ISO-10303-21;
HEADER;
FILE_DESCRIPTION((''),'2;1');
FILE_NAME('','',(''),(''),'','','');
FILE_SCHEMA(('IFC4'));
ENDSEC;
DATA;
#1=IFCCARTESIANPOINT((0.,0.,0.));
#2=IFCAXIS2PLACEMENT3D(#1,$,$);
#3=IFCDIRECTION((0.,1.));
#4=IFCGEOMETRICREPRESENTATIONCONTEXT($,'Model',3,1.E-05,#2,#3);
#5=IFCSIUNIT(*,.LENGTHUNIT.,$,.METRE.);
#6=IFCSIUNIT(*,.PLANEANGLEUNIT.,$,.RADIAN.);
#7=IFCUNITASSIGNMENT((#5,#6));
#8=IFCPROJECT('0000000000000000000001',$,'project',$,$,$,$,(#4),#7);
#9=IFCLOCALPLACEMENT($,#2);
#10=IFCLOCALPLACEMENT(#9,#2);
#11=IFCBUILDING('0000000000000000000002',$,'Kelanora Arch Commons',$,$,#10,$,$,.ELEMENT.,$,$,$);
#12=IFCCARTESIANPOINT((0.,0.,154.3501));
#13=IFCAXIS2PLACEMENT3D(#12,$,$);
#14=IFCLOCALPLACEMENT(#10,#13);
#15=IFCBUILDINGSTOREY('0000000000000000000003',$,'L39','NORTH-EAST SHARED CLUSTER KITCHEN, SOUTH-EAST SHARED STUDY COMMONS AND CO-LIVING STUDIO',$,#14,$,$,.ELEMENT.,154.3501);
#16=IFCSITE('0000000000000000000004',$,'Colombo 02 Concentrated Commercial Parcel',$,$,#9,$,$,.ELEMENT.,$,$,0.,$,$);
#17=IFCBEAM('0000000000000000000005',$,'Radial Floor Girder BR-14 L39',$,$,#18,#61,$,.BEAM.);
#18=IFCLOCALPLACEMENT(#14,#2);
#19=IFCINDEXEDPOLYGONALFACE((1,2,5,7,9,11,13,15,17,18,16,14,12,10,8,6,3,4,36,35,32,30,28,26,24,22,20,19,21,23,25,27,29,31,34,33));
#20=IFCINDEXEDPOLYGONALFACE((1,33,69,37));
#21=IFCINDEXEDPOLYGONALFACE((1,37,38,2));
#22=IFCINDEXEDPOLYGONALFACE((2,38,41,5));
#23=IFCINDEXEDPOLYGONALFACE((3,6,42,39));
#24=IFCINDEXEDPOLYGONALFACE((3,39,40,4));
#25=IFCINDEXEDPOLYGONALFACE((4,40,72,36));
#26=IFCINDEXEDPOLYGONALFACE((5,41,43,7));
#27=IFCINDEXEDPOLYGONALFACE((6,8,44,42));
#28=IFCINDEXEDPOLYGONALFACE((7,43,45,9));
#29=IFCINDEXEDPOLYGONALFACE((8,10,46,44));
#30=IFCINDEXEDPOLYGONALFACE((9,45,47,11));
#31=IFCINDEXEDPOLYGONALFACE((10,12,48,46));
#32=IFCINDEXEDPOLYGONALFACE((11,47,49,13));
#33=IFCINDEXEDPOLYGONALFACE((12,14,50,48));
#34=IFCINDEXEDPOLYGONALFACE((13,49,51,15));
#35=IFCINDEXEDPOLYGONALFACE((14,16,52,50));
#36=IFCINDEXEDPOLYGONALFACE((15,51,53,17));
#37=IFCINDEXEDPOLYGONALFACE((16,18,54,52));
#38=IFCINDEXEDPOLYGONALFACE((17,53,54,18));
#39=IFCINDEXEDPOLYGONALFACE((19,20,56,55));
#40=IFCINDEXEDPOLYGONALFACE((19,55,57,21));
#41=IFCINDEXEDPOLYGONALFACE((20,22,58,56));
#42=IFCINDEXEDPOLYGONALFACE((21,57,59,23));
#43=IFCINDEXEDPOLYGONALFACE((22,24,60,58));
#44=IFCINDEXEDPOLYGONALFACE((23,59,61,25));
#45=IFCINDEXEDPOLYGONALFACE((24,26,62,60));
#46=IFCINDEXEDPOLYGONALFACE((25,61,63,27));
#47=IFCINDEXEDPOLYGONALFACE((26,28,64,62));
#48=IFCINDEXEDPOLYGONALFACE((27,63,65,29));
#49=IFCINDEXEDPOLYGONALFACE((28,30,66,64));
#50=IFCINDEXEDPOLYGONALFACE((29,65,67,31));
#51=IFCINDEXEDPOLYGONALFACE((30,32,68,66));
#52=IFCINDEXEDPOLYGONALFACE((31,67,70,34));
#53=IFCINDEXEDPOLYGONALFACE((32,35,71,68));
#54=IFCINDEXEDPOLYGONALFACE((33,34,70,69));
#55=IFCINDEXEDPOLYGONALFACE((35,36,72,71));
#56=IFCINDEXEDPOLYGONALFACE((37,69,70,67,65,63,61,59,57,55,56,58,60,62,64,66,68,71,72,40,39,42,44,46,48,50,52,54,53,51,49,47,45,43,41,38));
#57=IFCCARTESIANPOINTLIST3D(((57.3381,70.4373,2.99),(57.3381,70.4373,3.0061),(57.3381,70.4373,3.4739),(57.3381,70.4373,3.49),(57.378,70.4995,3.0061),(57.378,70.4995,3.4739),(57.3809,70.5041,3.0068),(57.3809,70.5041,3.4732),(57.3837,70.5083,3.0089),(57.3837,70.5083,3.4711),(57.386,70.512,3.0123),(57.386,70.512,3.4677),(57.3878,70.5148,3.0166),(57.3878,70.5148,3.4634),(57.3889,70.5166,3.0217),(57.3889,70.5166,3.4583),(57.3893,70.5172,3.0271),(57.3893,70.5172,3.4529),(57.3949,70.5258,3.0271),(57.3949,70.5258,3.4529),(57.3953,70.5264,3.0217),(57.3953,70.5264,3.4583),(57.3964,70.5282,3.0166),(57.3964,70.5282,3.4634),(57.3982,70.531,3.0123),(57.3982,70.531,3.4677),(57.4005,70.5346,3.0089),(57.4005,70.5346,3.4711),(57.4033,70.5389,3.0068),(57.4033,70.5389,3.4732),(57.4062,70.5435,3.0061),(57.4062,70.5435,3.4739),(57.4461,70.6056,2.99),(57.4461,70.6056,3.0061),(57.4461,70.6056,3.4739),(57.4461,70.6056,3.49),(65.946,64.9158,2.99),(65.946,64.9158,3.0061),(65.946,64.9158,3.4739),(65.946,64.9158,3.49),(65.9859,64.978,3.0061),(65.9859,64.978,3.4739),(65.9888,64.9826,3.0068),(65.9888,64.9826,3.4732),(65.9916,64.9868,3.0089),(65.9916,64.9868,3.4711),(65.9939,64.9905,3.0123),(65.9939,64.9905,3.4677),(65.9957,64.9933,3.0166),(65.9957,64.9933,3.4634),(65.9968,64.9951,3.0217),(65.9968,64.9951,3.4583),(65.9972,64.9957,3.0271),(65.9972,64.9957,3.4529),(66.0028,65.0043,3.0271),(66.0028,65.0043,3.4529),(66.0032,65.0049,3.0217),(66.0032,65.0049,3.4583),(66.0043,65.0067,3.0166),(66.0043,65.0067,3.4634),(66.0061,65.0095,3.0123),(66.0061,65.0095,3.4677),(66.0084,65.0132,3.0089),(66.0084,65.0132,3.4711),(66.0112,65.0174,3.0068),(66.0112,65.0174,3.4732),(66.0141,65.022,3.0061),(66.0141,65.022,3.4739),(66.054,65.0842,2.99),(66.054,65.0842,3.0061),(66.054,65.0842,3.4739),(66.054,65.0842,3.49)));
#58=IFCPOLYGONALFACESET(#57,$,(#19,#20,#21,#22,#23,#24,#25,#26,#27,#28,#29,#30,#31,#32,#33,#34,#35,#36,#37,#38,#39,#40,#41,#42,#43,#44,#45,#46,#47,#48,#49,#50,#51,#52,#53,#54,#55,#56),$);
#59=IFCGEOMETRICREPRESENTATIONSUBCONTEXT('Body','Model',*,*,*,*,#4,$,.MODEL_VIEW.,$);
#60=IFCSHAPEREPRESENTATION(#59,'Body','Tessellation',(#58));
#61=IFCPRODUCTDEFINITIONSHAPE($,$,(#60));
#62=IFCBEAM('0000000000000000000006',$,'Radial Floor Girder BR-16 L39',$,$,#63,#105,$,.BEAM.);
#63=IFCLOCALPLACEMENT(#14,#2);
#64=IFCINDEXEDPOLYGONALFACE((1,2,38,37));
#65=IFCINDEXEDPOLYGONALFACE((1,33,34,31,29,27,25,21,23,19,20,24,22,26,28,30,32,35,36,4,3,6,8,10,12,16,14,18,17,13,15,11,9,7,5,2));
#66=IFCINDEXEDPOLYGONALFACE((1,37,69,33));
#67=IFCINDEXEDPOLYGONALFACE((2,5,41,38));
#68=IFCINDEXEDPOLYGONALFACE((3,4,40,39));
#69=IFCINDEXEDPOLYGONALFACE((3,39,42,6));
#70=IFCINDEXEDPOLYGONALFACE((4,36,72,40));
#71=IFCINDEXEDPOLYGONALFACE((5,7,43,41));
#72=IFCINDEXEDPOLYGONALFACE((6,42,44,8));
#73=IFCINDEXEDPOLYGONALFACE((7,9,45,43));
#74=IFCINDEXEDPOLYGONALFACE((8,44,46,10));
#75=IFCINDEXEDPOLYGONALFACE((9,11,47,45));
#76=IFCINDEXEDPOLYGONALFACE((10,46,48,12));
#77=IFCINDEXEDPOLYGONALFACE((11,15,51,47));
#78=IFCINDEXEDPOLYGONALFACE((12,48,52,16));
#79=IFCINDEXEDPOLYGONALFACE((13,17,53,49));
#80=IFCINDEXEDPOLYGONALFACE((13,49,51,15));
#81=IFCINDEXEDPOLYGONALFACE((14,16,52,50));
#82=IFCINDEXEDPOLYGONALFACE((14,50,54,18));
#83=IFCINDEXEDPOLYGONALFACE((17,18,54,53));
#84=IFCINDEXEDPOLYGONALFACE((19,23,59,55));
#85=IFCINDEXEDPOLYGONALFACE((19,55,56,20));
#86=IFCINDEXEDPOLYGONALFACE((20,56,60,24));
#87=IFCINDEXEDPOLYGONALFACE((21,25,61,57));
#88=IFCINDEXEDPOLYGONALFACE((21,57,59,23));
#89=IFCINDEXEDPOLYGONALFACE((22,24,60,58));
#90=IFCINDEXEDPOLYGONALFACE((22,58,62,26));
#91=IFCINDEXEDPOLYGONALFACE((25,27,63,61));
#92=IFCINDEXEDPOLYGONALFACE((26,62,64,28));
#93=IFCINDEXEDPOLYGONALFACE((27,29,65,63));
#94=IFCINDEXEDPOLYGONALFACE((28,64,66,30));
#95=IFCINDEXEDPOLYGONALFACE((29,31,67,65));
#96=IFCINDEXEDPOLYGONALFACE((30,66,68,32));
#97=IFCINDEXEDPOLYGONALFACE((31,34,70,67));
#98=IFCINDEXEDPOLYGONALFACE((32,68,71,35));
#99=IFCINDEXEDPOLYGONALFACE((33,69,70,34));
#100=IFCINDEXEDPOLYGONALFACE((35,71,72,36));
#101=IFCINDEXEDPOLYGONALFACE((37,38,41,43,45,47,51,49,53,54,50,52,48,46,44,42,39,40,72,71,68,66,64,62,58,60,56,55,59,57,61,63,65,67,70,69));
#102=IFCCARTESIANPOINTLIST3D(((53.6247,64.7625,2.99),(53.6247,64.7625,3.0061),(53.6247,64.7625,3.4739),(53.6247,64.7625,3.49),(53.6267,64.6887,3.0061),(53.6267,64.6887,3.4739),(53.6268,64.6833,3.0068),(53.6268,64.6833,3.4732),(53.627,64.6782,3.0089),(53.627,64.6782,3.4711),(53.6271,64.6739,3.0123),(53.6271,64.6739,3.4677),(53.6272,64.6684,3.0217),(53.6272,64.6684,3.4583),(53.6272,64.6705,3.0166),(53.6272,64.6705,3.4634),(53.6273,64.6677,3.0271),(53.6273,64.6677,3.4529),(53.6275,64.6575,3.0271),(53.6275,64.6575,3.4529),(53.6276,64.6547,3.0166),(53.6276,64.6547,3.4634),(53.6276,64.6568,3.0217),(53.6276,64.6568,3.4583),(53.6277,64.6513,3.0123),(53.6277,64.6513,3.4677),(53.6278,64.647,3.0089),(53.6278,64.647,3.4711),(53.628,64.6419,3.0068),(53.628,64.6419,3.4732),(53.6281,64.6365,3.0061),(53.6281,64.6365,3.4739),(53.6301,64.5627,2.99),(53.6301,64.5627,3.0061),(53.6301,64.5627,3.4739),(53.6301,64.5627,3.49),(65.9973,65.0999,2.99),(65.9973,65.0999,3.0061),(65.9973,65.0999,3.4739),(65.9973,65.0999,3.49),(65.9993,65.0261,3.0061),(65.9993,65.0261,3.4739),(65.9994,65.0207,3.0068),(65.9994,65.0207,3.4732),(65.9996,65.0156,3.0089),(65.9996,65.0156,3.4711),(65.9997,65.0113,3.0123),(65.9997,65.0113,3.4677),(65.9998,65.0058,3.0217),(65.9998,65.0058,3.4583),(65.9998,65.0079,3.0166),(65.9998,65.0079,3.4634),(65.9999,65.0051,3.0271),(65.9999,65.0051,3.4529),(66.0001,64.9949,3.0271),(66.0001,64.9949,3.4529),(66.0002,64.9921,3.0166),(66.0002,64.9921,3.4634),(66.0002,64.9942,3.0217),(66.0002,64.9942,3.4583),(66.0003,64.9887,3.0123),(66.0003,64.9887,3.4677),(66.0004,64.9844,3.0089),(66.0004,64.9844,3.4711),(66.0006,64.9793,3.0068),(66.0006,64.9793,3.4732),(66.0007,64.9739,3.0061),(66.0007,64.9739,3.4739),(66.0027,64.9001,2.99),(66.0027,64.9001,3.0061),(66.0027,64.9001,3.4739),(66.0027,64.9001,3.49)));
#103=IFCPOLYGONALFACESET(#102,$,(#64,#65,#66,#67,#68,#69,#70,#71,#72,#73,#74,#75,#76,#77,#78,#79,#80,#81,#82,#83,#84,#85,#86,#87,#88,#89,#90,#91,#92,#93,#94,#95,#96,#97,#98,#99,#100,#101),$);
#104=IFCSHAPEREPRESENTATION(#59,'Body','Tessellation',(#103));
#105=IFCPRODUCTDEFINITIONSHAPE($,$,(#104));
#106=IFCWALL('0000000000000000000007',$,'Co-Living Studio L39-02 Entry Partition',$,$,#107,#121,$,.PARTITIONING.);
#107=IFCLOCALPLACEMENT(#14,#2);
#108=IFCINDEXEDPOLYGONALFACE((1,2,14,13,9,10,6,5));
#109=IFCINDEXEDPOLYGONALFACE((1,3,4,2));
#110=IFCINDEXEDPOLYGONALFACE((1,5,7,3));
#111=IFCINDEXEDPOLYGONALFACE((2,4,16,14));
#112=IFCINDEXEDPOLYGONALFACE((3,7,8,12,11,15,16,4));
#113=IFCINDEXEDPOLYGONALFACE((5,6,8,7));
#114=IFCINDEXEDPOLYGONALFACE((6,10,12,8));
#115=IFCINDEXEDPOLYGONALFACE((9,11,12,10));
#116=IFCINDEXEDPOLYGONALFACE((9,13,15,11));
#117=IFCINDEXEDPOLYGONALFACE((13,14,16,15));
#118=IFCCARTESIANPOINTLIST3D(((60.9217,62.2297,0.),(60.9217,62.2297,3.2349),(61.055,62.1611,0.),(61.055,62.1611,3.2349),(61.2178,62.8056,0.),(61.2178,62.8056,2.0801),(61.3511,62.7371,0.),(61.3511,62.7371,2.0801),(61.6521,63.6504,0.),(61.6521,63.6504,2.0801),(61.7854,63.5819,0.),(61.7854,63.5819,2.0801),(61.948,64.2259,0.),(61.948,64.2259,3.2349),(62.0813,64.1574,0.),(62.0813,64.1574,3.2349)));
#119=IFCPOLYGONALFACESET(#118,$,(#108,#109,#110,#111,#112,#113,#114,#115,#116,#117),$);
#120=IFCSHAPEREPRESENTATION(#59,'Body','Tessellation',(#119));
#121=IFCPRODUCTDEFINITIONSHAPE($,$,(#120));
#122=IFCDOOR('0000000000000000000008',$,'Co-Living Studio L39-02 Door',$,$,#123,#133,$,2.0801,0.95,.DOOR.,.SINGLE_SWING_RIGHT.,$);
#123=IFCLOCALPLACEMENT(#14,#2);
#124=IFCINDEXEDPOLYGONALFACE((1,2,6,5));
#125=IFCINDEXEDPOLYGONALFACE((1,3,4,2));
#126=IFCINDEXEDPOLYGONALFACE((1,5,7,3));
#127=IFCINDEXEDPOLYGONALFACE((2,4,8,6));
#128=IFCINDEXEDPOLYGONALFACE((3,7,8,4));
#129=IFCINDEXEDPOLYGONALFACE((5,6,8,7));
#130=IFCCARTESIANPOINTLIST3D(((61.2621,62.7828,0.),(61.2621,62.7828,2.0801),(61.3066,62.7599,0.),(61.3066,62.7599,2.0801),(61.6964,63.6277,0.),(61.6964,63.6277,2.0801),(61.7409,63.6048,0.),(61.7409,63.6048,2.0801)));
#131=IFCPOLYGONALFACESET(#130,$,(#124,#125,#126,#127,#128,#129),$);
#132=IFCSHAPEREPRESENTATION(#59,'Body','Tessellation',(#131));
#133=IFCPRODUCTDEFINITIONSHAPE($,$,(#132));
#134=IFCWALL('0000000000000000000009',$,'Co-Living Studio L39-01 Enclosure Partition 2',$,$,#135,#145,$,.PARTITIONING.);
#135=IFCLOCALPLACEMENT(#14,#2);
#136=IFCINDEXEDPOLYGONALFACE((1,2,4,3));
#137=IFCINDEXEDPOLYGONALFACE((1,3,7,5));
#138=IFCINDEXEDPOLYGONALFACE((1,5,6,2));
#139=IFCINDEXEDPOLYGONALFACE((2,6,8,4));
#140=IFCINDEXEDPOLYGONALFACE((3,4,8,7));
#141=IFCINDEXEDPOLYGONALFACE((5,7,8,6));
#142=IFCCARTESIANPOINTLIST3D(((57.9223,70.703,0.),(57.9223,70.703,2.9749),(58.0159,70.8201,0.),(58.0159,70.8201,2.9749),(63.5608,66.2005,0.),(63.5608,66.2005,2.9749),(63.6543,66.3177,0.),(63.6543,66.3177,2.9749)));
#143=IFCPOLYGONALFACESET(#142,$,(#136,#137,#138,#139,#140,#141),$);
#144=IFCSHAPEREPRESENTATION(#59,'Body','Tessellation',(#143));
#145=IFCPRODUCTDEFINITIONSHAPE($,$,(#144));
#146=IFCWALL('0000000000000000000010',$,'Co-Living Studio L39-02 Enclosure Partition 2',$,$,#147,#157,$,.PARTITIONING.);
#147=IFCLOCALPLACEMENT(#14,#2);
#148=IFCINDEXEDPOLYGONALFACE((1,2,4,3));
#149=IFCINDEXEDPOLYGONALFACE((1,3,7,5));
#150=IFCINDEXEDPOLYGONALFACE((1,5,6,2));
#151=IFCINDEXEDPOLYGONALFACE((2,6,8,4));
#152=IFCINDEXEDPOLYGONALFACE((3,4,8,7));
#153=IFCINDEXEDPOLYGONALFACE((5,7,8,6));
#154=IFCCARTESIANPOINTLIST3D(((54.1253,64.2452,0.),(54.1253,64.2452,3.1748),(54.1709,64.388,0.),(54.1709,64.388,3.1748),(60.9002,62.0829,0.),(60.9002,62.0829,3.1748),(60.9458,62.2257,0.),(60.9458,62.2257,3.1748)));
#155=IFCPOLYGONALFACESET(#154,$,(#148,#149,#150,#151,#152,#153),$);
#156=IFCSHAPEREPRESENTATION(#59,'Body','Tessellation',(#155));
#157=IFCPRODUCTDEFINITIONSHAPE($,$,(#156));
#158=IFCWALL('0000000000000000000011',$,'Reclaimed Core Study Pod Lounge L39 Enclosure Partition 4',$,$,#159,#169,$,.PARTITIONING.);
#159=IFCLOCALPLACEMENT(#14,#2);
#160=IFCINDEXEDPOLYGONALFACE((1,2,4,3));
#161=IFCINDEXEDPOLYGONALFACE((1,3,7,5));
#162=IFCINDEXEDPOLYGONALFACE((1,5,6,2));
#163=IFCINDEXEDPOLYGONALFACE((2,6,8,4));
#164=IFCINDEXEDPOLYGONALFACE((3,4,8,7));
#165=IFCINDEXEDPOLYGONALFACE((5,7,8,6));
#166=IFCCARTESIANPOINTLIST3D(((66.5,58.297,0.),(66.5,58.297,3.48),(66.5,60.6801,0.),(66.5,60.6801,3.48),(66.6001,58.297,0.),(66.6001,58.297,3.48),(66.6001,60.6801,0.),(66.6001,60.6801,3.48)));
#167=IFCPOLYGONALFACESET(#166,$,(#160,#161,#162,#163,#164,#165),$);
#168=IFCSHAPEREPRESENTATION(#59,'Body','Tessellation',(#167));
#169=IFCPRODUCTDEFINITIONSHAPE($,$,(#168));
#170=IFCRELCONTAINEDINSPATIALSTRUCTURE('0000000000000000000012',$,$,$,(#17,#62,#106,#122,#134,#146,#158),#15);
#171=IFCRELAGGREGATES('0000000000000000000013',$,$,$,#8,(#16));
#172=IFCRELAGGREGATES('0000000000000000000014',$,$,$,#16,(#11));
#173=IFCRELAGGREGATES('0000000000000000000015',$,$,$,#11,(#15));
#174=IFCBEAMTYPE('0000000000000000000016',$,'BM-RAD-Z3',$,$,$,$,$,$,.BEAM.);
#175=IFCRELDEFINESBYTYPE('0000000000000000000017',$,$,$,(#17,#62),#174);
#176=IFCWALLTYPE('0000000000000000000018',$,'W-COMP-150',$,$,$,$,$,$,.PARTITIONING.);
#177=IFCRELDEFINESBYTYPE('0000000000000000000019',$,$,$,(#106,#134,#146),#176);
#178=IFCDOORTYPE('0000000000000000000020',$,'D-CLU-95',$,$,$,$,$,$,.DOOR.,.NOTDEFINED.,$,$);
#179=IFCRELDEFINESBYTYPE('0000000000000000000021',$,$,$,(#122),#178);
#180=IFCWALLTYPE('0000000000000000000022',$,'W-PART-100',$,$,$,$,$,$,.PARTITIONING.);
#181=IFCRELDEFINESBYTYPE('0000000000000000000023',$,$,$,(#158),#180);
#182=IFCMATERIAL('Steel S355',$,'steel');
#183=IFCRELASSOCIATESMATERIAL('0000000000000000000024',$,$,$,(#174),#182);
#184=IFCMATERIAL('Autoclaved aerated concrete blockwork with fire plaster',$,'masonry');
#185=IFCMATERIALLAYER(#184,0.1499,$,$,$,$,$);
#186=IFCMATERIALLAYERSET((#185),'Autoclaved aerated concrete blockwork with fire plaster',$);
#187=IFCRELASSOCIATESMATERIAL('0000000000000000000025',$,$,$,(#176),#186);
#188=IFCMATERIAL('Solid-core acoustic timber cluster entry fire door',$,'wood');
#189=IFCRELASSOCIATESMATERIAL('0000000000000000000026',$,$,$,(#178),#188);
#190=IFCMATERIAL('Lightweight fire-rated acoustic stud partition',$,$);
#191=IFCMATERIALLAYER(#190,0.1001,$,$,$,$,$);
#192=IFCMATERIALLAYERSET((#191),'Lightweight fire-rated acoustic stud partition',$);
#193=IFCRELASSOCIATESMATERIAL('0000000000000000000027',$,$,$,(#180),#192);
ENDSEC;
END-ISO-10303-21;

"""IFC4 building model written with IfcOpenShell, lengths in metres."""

from ifc_helpers import new_model, si_unit, direction, frame, frame_2d, origin, origin_2d, place, context, subcontext, project, spatial, rectangle, i_section, extrude, material, layer, layer_set, material_profile, profile_set, type_object, element, fill, save


model = new_model("IFC4")

# Units and contexts
model_context = context("Model", 3, precision=1e-05, world=origin(), true_north=direction((0.0, 1.0)))
body_context = subcontext(model_context, "Body", "Model", "MODEL_VIEW")
ifc_project = project(units=[si_unit("LENGTHUNIT", "METRE"), si_unit("PLANEANGLEUNIT", "RADIAN")], contexts=[model_context])

# Site, building, storey
site_placement = place(None, origin())
site = spatial("IfcSite", under=ifc_project, at=site_placement, Name="Colombo 02 Concentrated Commercial Parcel", CompositionType="ELEMENT", RefElevation=0.0)
building_placement = place(site_placement, origin())
building = spatial("IfcBuilding", under=site, at=building_placement, Name="Kelanora Arch Commons", CompositionType="ELEMENT")
storey_placement = place(building_placement, frame((0.0, 0.0, 154.3501)))
storey = spatial("IfcBuildingStorey", under=building, at=storey_placement, Name="L39", Description="NORTH-EAST SHARED CLUSTER KITCHEN, SOUTH-EAST SHARED STUDY COMMONS AND CO-LIVING STUDIO", CompositionType="ELEMENT", Elevation=154.3501)

# Beams
ifc_material_1 = material(Name="Steel S355", Category="steel")
ifc_material_profile_1 = material_profile(ifc_material_1, i_section(OverallWidth=0.2, OverallDepth=0.5, WebThickness=0.0103, FlangeThickness=0.0161, FilletRadius=0.021, at=origin_2d()), Name="IPE500")
ifc_profile_set_1 = profile_set([ifc_material_profile_1], Name="Steel S355")
beam_type_1 = type_object("IfcBeamType", Name="BM-RAD-Z3", PredefinedType="BEAM", material=ifc_profile_set_1)
beam_1_placement = place(storey_placement, frame((66.0, 65.0, 3.24), z_axis=(-0.841719, 0.539915, 0.0), x_axis=(-0.539915, -0.841719, 0.0)))
element("IfcBeam", 1, at=beam_1_placement, inside=storey, type_object=beam_type_1, Name="Radial Floor Girder BR-14 L39", PredefinedType="BEAM", context=body_context, shape_type="SweptSolid", body=[
    extrude(i_section(OverallWidth=0.2, OverallDepth=0.5, WebThickness=0.0103, FlangeThickness=0.0161, FilletRadius=0.021, at=origin_2d()), origin(), (0.0, 0.0, 1.0), 10.2266),
])
beam_2_placement = place(storey_placement, frame((66.0, 65.0, 3.24), z_axis=(-0.999628, -0.02726, 0.0), x_axis=(0.02726, -0.999628, 0.0)))
element("IfcBeam", 2, at=beam_2_placement, inside=storey, type_object=beam_type_1, Name="Radial Floor Girder BR-16 L39", PredefinedType="BEAM", context=body_context, shape_type="SweptSolid", body=[
    extrude(i_section(OverallWidth=0.2, OverallDepth=0.5, WebThickness=0.0103, FlangeThickness=0.0161, FilletRadius=0.021, at=origin_2d()), origin(), (0.0, 0.0, 1.0), 12.3772),
])

# Wall, opening, door
ifc_material_2 = material(Name="Autoclaved aerated concrete blockwork with fire plaster", Category="masonry")
ifc_layer_1 = layer(ifc_material_2, 0.1499)
ifc_layer_set_1 = layer_set([ifc_layer_1], Name="Autoclaved aerated concrete blockwork with fire plaster")
wall_type_1 = type_object("IfcWallType", Name="W-COMP-150", PredefinedType="PARTITIONING", material=ifc_layer_set_1)
wall_1_placement = place(storey_placement, frame((62.0146, 64.1917, 0.0), z_axis=(0.0, 0.0, 1.0), x_axis=(-0.457235, -0.889346, 0.0)))
wall_1 = element("IfcWall", 3, at=wall_1_placement, inside=storey, type_object=wall_type_1, Name="Co-Living Studio L39-02 Entry Partition", PredefinedType="PARTITIONING", context=body_context, shape_type="SweptSolid", body=[
    extrude(rectangle(XDim=2.2446, YDim=0.1499, at=frame_2d((1.1223, 0.0))), origin(), (0.0, 0.0, 1.0), 3.2349),
])
opening_1_placement = place(wall_1_placement, frame((0.647, 0.0, 0.0)))
opening_1 = element("IfcOpeningElement", 4, at=opening_1_placement, cuts=wall_1, PredefinedType="OPENING", context=body_context, shape_type="SweptSolid", body=[
    extrude(rectangle(XDim=0.95, YDim=2.0801, at=frame_2d((0.4751, 1.04))), frame((0.0, 0.085, 0.0), z_axis=(0.0, -1.0, 0.0), x_axis=(1.0, 0.0, 0.0)), (0.0, 0.0, 1.0), 0.1699),
])
ifc_material_3 = material(Name="Solid-core acoustic timber cluster entry fire door", Category="wood")
door_type_1 = type_object("IfcDoorType", Name="D-CLU-95", OperationType="NOTDEFINED", PredefinedType="DOOR", material=ifc_material_3)
door_1_placement = place(opening_1_placement, origin())
door_1 = element("IfcDoor", 5, at=door_1_placement, inside=storey, type_object=door_type_1, Name="Co-Living Studio L39-02 Door", OperationType="SINGLE_SWING_RIGHT", OverallHeight=2.0801, OverallWidth=0.95, PredefinedType="DOOR", context=body_context, shape_type="SweptSolid", body=[
    extrude(rectangle(XDim=0.95, YDim=2.0801, at=frame_2d((0.4751, 1.04))), frame((0.0, 0.0249, 0.0), z_axis=(0.0, -1.0, 0.0), x_axis=(1.0, 0.0, 0.0)), (0.0, 0.0, 1.0), 0.05),
])
fill(opening_1, door_1)

# Walls
wall_2_placement = place(storey_placement, frame((63.6077, 66.259, 0.0), z_axis=(0.0, 0.0, 1.0), x_axis=(-0.78143, 0.623993, 0.0)))
element("IfcWall", 6, at=wall_2_placement, inside=storey, type_object=wall_type_1, Name="Co-Living Studio L39-01 Enclosure Partition 2", PredefinedType="PARTITIONING", context=body_context, shape_type="SweptSolid", body=[
    extrude(rectangle(XDim=7.2156, YDim=0.1499, at=frame_2d((3.6079, 0.0))), origin(), (0.0, 0.0, 1.0), 2.9749),
])
wall_3_placement = place(storey_placement, frame((60.9229, 62.1543, 0.0), z_axis=(0.0, 0.0, 1.0), x_axis=(-0.952653, 0.304059, 0.0)))
element("IfcWall", 7, at=wall_3_placement, inside=storey, type_object=wall_type_1, Name="Co-Living Studio L39-02 Enclosure Partition 2", PredefinedType="PARTITIONING", context=body_context, shape_type="SweptSolid", body=[
    extrude(rectangle(XDim=7.1116, YDim=0.1499, at=frame_2d((3.5557, 0.0))), origin(), (0.0, 0.0, 1.0), 3.1748),
])
ifc_material_4 = material(Name="Lightweight fire-rated acoustic stud partition")
ifc_layer_2 = layer(ifc_material_4, 0.1001)
ifc_layer_set_2 = layer_set([ifc_layer_2], Name="Lightweight fire-rated acoustic stud partition")
wall_type_2 = type_object("IfcWallType", Name="W-PART-100", PredefinedType="PARTITIONING", material=ifc_layer_set_2)
wall_4_placement = place(storey_placement, frame((66.55, 60.6799, 0.0), z_axis=(0.0, 0.0, 1.0), x_axis=(0.0, -1.0, 0.0)))
element("IfcWall", 8, at=wall_4_placement, inside=storey, type_object=wall_type_2, Name="Reclaimed Core Study Pod Lounge L39 Enclosure Partition 4", PredefinedType="PARTITIONING", context=body_context, shape_type="SweptSolid", body=[
    extrude(rectangle(XDim=2.3831, YDim=0.1001, at=frame_2d((1.1914, 0.0))), origin(), (0.0, 0.0, 1.0), 3.48),
])

save(model, "model.ifc")
